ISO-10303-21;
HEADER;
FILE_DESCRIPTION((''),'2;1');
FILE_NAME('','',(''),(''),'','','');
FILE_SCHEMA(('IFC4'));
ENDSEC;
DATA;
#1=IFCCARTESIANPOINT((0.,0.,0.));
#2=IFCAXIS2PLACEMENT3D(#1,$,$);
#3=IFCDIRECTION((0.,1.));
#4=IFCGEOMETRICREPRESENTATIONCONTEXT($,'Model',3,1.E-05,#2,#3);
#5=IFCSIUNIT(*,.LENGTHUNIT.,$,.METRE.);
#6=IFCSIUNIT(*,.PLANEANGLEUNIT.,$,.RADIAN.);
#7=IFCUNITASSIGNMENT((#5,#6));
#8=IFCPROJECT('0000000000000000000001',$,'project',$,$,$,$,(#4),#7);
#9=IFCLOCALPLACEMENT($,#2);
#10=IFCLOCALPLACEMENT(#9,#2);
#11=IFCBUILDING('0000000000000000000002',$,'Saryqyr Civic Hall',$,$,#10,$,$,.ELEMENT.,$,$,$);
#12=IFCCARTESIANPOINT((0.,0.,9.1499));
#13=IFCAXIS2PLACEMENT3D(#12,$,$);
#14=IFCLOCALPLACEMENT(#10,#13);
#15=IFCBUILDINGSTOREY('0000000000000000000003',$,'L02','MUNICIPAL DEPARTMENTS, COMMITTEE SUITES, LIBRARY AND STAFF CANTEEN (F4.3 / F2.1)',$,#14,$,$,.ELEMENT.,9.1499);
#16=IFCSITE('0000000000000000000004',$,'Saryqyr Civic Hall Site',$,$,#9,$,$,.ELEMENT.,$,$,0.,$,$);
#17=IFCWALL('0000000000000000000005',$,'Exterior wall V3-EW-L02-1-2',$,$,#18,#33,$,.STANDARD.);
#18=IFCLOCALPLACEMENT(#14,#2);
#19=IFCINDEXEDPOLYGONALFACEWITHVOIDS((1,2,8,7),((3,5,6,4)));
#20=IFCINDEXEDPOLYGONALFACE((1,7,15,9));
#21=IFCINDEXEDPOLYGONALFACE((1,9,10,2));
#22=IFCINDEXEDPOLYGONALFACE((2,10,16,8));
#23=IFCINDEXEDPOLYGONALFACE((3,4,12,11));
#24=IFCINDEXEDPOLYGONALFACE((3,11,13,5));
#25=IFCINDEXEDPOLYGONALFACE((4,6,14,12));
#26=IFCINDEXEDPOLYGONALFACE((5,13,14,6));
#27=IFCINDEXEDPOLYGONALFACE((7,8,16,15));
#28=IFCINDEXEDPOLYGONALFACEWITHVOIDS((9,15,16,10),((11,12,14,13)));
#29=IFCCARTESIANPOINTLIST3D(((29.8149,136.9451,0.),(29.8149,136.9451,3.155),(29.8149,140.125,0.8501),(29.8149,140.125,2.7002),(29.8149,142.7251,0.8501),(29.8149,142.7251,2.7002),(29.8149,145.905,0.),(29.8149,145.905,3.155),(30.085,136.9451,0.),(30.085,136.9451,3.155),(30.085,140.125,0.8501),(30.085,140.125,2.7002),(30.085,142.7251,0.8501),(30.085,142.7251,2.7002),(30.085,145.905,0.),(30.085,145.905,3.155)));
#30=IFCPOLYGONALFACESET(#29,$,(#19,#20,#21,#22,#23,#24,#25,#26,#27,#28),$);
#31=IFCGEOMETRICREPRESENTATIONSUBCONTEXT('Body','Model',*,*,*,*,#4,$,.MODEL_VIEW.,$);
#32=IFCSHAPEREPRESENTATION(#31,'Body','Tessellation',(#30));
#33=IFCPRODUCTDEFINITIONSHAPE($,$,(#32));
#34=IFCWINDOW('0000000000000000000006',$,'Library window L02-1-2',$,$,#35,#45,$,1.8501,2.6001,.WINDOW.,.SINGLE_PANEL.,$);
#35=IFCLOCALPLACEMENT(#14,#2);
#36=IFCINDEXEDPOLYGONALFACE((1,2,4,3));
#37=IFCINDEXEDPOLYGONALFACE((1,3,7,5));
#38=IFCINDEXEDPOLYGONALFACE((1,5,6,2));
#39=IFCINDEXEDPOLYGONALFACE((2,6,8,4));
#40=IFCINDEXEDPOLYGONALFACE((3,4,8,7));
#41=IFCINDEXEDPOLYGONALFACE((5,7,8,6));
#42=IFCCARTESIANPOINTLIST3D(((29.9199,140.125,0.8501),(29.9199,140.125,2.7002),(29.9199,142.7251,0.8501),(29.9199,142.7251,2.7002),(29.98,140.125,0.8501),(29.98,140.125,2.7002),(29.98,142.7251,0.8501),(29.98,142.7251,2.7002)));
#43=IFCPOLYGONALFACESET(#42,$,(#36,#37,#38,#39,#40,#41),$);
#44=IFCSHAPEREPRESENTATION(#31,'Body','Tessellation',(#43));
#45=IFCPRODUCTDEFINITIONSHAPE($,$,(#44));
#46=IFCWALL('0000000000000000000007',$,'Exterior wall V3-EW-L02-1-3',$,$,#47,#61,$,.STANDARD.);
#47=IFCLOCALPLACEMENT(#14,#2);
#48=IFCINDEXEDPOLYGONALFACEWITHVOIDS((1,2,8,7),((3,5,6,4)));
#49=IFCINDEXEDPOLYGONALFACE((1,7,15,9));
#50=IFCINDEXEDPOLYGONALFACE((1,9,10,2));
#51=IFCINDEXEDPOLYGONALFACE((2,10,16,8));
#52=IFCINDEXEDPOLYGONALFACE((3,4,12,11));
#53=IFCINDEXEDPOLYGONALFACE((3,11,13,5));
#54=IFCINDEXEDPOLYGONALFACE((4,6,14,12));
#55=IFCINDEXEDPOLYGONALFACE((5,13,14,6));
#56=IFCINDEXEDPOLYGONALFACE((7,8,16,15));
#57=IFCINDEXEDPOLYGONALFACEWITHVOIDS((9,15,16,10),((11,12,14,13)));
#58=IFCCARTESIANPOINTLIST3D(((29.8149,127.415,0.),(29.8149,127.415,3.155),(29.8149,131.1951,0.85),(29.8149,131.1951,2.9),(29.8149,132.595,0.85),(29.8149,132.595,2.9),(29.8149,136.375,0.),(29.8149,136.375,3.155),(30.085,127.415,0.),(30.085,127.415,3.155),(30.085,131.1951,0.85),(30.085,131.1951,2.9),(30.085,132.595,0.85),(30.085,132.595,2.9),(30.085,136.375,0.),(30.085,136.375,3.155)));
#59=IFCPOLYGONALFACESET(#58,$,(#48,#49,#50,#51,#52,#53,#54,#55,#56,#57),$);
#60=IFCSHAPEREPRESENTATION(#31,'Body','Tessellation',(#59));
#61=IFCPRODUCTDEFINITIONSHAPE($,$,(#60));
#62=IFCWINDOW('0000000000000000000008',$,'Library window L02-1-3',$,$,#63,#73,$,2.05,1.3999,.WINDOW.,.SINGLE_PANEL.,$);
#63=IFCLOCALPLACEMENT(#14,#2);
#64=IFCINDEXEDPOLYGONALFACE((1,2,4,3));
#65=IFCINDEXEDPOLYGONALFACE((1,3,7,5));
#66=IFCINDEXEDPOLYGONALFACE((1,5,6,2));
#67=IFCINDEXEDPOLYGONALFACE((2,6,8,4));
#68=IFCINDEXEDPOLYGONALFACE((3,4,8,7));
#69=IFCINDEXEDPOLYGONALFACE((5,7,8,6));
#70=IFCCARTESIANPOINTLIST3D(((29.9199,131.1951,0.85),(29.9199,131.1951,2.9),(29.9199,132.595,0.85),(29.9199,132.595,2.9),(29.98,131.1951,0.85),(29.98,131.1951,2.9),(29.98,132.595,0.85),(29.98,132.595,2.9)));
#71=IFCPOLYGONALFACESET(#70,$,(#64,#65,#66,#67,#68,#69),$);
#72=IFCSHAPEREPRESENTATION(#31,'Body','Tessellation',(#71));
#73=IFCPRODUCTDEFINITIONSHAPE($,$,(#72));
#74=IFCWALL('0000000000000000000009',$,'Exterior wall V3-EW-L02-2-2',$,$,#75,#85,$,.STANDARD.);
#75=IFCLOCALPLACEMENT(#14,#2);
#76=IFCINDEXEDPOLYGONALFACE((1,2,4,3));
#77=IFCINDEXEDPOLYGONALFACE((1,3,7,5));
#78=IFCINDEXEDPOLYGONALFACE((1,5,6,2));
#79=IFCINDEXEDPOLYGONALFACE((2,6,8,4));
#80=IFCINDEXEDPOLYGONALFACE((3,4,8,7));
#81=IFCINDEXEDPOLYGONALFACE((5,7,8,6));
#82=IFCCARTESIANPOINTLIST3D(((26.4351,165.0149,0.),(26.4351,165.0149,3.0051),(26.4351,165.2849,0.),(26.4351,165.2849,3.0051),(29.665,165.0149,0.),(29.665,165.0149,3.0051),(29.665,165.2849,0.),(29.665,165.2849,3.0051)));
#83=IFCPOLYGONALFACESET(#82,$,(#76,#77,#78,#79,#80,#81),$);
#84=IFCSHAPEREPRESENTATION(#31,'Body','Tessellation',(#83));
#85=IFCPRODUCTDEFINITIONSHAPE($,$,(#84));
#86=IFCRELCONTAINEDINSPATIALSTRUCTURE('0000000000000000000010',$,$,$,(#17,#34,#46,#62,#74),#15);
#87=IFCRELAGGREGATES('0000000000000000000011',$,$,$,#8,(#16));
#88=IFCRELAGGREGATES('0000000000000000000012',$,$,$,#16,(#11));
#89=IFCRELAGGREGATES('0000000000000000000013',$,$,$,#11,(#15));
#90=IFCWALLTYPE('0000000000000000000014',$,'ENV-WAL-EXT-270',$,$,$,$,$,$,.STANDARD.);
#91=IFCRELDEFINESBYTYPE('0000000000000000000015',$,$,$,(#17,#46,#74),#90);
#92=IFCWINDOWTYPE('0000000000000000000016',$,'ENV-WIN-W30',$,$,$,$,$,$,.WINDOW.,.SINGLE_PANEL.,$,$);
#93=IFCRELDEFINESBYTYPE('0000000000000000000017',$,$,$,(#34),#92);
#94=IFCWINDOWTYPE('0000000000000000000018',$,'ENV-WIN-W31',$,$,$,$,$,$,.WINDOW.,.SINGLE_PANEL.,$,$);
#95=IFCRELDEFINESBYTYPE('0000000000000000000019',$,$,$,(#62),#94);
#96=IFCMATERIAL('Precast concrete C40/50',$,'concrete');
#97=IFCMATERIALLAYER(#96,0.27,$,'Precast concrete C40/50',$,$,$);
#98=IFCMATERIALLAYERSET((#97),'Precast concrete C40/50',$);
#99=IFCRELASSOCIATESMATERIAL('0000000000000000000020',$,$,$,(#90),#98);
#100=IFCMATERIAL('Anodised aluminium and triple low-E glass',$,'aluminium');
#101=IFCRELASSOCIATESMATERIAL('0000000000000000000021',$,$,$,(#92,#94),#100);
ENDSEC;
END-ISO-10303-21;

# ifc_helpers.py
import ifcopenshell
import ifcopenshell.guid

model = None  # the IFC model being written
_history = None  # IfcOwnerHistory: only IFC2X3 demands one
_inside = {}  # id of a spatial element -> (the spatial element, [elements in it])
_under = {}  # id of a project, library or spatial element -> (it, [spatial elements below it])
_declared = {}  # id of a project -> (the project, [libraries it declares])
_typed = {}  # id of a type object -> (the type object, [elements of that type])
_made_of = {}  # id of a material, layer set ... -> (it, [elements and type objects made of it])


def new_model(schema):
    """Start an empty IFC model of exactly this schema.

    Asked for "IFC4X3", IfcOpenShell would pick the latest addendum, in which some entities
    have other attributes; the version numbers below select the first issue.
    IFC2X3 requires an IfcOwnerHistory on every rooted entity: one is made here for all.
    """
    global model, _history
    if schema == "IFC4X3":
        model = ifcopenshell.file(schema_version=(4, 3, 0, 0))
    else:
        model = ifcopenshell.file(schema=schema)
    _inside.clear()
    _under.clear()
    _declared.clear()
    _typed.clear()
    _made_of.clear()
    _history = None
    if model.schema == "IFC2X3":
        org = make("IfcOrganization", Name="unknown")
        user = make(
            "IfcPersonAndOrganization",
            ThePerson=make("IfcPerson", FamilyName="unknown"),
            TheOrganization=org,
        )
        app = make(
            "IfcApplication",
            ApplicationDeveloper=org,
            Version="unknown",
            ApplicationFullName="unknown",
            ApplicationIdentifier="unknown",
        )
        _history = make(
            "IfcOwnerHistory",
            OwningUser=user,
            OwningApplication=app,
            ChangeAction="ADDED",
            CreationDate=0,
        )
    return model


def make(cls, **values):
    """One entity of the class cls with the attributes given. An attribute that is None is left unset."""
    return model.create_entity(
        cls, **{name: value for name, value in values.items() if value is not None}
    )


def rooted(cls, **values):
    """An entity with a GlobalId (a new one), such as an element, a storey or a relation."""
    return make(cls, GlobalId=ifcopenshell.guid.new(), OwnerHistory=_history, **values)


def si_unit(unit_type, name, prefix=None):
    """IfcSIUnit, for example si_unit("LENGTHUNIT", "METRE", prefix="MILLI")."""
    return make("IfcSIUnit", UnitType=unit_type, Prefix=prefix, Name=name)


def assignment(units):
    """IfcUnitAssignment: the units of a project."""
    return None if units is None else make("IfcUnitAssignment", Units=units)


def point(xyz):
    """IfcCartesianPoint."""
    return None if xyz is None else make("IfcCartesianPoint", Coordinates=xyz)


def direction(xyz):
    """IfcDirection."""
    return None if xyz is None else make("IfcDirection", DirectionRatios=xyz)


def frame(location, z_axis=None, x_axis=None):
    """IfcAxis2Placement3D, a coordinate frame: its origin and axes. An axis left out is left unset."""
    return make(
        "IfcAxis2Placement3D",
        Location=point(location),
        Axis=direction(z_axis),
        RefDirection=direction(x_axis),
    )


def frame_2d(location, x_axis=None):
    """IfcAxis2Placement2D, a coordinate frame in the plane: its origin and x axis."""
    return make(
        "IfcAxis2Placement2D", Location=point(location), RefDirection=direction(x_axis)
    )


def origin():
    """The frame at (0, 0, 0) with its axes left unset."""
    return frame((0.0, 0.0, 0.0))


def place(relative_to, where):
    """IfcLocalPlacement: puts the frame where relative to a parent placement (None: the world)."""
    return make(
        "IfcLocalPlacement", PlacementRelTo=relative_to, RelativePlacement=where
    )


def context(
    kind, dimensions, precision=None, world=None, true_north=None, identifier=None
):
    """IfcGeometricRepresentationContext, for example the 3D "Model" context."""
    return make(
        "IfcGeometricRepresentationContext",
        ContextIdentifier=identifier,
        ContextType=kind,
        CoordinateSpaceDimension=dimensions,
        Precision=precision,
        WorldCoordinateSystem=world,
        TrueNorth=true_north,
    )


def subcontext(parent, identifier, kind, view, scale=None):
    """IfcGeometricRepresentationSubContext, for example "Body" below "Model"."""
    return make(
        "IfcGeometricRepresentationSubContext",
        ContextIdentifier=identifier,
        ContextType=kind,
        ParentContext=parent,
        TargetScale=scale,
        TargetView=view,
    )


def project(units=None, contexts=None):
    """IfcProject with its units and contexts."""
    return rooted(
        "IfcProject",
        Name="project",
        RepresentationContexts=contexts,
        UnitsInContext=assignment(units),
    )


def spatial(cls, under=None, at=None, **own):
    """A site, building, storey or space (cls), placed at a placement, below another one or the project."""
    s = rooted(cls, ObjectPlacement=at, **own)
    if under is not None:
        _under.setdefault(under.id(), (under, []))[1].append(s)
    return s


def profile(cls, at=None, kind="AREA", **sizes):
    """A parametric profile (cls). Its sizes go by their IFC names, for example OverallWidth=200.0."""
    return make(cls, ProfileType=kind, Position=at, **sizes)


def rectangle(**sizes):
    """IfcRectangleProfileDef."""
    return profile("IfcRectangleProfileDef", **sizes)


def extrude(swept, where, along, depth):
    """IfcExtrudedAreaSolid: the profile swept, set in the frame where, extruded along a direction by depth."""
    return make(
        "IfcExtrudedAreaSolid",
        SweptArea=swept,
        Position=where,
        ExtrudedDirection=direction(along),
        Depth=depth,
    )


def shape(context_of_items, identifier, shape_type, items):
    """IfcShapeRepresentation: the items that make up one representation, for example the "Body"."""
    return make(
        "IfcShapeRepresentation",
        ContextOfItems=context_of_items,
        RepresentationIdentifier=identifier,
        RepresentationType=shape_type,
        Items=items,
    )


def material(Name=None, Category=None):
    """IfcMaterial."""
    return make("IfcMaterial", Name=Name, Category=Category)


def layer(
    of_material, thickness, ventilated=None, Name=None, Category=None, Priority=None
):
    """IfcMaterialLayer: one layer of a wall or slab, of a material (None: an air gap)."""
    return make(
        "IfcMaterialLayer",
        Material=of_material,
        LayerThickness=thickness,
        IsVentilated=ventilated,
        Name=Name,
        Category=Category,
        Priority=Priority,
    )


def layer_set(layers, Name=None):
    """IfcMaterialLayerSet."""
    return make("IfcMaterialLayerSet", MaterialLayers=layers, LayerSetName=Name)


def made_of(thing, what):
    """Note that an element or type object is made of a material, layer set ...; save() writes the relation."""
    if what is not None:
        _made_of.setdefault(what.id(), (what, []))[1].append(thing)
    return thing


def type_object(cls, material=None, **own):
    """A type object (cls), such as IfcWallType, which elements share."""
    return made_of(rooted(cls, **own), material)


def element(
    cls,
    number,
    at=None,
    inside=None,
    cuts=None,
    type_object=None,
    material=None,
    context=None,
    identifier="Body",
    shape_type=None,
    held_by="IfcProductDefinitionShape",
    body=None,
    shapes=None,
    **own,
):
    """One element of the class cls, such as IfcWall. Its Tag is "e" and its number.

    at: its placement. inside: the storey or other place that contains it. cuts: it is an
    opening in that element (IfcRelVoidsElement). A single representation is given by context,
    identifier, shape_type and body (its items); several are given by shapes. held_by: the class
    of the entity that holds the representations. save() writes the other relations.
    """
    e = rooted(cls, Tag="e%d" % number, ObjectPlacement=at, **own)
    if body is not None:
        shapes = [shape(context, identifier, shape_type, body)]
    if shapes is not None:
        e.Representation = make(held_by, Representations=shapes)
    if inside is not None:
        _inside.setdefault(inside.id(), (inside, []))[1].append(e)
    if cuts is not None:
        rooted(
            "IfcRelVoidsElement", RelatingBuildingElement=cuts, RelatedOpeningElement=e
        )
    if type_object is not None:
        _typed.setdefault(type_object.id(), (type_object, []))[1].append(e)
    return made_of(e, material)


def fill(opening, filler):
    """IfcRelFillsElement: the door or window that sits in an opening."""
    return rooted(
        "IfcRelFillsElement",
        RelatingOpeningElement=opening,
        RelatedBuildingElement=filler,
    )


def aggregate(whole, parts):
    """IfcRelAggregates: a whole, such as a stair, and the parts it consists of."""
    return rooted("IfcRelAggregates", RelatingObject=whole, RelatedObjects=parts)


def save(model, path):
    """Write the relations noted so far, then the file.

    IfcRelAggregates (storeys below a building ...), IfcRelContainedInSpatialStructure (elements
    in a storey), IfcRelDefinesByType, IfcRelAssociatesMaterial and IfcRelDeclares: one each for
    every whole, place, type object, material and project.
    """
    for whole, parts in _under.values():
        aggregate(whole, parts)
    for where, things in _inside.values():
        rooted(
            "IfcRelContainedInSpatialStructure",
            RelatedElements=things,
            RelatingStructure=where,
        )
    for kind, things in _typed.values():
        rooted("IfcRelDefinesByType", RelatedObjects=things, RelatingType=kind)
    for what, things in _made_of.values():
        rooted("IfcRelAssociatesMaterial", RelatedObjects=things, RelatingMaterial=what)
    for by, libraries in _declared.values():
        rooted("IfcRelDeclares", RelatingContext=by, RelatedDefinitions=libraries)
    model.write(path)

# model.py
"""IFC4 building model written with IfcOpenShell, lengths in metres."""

from ifc_helpers import new_model, si_unit, direction, frame, frame_2d, origin, place, context, subcontext, project, spatial, rectangle, extrude, material, layer, layer_set, type_object, element, fill, save


model = new_model("IFC4")

# Units and contexts
model_context = context("Model", 3, precision=1e-05, world=origin(), true_north=direction((0.0, 1.0)))
body_context = subcontext(model_context, "Body", "Model", "MODEL_VIEW")
ifc_project = project(units=[si_unit("LENGTHUNIT", "METRE"), si_unit("PLANEANGLEUNIT", "RADIAN")], contexts=[model_context])

# Site, building, storey
site_placement = place(None, origin())
site = spatial("IfcSite", under=ifc_project, at=site_placement, Name="Saryqyr Civic Hall Site", CompositionType="ELEMENT", RefElevation=0.0)
building_placement = place(site_placement, origin())
building = spatial("IfcBuilding", under=site, at=building_placement, Name="Saryqyr Civic Hall", CompositionType="ELEMENT")
storey_placement = place(building_placement, frame((0.0, 0.0, 9.1499)))
storey = spatial("IfcBuildingStorey", under=building, at=storey_placement, Name="L02", Description="MUNICIPAL DEPARTMENTS, COMMITTEE SUITES, LIBRARY AND STAFF CANTEEN (F4.3 / F2.1)", CompositionType="ELEMENT", Elevation=9.1499)

# Shared definitions
ifc_material_1 = material(Name="Anodised aluminium and triple low-E glass", Category="aluminium")

# Walls, openings, windows
ifc_material_2 = material(Name="Precast concrete C40/50", Category="concrete")
ifc_layer_1 = layer(ifc_material_2, 0.27, Name="Precast concrete C40/50")
ifc_layer_set_1 = layer_set([ifc_layer_1], Name="Precast concrete C40/50")
wall_type = type_object("IfcWallType", Name="ENV-WAL-EXT-270", PredefinedType="STANDARD", material=ifc_layer_set_1)
wall_1_placement = place(storey_placement, frame((29.95, 145.905, 0.0), z_axis=(0.0, 0.0, 1.0), x_axis=(0.0, -1.0, 0.0)))
wall_1 = element("IfcWall", 1, at=wall_1_placement, inside=storey, type_object=wall_type, Name="Exterior wall V3-EW-L02-1-2", PredefinedType="STANDARD", context=body_context, shape_type="SweptSolid", body=[
    extrude(rectangle(XDim=8.96, YDim=0.27, at=frame_2d((4.48, 0.0))), origin(), (0.0, 0.0, 1.0), 3.155),
])
opening_1_placement = place(wall_1_placement, frame((3.1799, 0.0, 0.8501)))
opening_1 = element("IfcOpeningElement", 2, at=opening_1_placement, cuts=wall_1, PredefinedType="OPENING", context=body_context, shape_type="SweptSolid", body=[
    extrude(rectangle(XDim=2.6001, YDim=1.8501, at=frame_2d((1.3, 0.925))), frame((0.0, 0.145, 0.0), z_axis=(0.0, -1.0, 0.0), x_axis=(1.0, 0.0, 0.0)), (0.0, 0.0, 1.0), 0.29),
])
window_type_1 = type_object("IfcWindowType", Name="ENV-WIN-W30", PartitioningType="SINGLE_PANEL", PredefinedType="WINDOW", material=ifc_material_1)
window_1_placement = place(opening_1_placement, origin())
window_1 = element("IfcWindow", 3, at=window_1_placement, inside=storey, type_object=window_type_1, Name="Library window L02-1-2", OverallHeight=1.8501, OverallWidth=2.6001, PartitioningType="SINGLE_PANEL", PredefinedType="WINDOW", context=body_context, shape_type="SweptSolid", body=[
    extrude(rectangle(XDim=2.6001, YDim=1.8501, at=frame_2d((1.3, 0.925))), frame((0.0, 0.03, 0.0), z_axis=(0.0, -1.0, 0.0), x_axis=(1.0, 0.0, 0.0)), (0.0, 0.0, 1.0), 0.0601),
])
fill(opening_1, window_1)
wall_2_placement = place(storey_placement, frame((29.95, 136.375, 0.0), z_axis=(0.0, 0.0, 1.0), x_axis=(0.0, -1.0, 0.0)))
wall_2 = element("IfcWall", 4, at=wall_2_placement, inside=storey, type_object=wall_type, Name="Exterior wall V3-EW-L02-1-3", PredefinedType="STANDARD", context=body_context, shape_type="SweptSolid", body=[
    extrude(rectangle(XDim=8.96, YDim=0.27, at=frame_2d((4.48, 0.0))), origin(), (0.0, 0.0, 1.0), 3.155),
])
opening_2_placement = place(wall_2_placement, frame((3.78, 0.0, 0.8501)))
opening_2 = element("IfcOpeningElement", 5, at=opening_2_placement, cuts=wall_2, PredefinedType="OPENING", context=body_context, shape_type="SweptSolid", body=[
    extrude(rectangle(XDim=1.3999, YDim=2.05, at=frame_2d((0.7, 1.0249))), frame((0.0, 0.145, 0.0), z_axis=(0.0, -1.0, 0.0), x_axis=(1.0, 0.0, 0.0)), (0.0, 0.0, 1.0), 0.29),
])
window_type_2 = type_object("IfcWindowType", Name="ENV-WIN-W31", PartitioningType="SINGLE_PANEL", PredefinedType="WINDOW", material=ifc_material_1)
window_2_placement = place(opening_2_placement, origin())
window_2 = element("IfcWindow", 6, at=window_2_placement, inside=storey, type_object=window_type_2, Name="Library window L02-1-3", OverallHeight=2.05, OverallWidth=1.3999, PartitioningType="SINGLE_PANEL", PredefinedType="WINDOW", context=body_context, shape_type="SweptSolid", body=[
    extrude(rectangle(XDim=1.3999, YDim=2.05, at=frame_2d((0.7, 1.0249))), frame((0.0, 0.03, 0.0), z_axis=(0.0, -1.0, 0.0), x_axis=(1.0, 0.0, 0.0)), (0.0, 0.0, 1.0), 0.0601),
])
fill(opening_2, window_2)

# Wall
wall_3_placement = place(storey_placement, frame((26.4351, 165.1499, 0.0), z_axis=(0.0, 0.0, 1.0), x_axis=(1.0, 0.0, 0.0)))
element("IfcWall", 7, at=wall_3_placement, inside=storey, type_object=wall_type, Name="Exterior wall V3-EW-L02-2-2", PredefinedType="STANDARD", context=body_context, shape_type="SweptSolid", body=[
    extrude(rectangle(XDim=3.23, YDim=0.27, at=frame_2d((1.615, 0.0))), origin(), (0.0, 0.0, 1.0), 3.0051),
])

save(model, "model.ifc")
